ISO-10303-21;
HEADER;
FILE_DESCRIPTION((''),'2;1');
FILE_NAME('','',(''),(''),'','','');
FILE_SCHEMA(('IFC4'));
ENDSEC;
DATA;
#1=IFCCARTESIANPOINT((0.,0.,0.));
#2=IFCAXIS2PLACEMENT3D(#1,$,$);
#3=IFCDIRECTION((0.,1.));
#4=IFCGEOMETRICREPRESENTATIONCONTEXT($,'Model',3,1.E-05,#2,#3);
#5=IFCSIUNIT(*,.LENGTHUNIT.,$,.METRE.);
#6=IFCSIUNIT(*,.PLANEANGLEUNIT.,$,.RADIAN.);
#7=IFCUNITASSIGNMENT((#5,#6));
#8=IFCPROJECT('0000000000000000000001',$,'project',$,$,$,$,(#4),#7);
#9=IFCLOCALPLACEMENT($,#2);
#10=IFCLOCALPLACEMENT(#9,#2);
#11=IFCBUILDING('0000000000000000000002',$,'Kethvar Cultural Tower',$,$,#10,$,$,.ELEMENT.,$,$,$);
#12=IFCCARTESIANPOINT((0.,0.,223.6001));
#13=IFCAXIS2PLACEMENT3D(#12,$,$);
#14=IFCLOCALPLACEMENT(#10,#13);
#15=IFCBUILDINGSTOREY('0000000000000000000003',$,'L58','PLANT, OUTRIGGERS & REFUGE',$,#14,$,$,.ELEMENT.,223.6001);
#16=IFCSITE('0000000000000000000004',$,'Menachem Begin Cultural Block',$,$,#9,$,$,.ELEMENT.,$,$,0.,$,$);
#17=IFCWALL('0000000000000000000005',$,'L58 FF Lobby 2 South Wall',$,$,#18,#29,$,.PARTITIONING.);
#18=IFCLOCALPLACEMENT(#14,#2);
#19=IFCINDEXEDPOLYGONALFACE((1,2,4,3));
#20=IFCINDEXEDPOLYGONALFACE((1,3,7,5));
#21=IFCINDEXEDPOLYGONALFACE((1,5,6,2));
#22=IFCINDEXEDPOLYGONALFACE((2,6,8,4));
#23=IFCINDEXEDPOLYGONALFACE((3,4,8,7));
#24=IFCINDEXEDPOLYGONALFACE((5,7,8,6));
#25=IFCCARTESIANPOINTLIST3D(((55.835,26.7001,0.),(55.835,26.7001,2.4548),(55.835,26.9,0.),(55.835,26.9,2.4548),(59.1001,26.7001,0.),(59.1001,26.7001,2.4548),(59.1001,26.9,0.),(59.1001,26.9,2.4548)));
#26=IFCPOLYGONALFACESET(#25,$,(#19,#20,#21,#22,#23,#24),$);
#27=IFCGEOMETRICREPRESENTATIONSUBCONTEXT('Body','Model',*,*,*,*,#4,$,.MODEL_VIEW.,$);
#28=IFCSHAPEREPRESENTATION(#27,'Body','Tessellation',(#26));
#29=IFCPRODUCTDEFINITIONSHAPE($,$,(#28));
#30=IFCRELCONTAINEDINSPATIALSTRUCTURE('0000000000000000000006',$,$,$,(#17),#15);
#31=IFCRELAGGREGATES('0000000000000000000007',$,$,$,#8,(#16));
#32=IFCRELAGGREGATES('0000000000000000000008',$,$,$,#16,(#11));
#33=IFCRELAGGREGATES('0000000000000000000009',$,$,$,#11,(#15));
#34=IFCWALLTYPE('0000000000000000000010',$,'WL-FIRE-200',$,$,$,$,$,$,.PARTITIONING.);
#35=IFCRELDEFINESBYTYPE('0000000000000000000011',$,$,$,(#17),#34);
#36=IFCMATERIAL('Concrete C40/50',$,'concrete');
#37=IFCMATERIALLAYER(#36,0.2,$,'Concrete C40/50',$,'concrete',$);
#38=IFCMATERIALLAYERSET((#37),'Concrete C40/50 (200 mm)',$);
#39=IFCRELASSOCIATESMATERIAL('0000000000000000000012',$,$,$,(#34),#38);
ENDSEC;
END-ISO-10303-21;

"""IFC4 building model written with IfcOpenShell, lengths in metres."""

from ifc_helpers import new_model, si_unit, direction, frame, frame_2d, origin, place, context, subcontext, project, spatial, rectangle, extrude, material, layer, layer_set, type_object, element, save


model = new_model("IFC4")

# Units and contexts
model_context = context("Model", 3, precision=1e-05, world=origin(), true_north=direction((0.0, 1.0)))
body_context = subcontext(model_context, "Body", "Model", "MODEL_VIEW")
ifc_project = project(units=[si_unit("LENGTHUNIT", "METRE"), si_unit("PLANEANGLEUNIT", "RADIAN")], contexts=[model_context])

# Site, building, storey
site_placement = place(None, origin())
site = spatial("IfcSite", under=ifc_project, at=site_placement, Name="Menachem Begin Cultural Block", CompositionType="ELEMENT", RefElevation=0.0)
building_placement = place(site_placement, origin())
building = spatial("IfcBuilding", under=site, at=building_placement, Name="Kethvar Cultural Tower", CompositionType="ELEMENT")
storey_placement = place(building_placement, frame((0.0, 0.0, 223.6001)))
storey = spatial("IfcBuildingStorey", under=building, at=storey_placement, Name="L58", Description="PLANT, OUTRIGGERS & REFUGE", CompositionType="ELEMENT", Elevation=223.6001)

# Shared definitions
ifc_material_1 = material(Name="Concrete C40/50", Category="concrete")
ifc_layer_1 = layer(ifc_material_1, 0.2, Name="Concrete C40/50", Category="concrete")
ifc_layer_set_1 = layer_set([ifc_layer_1], Name="Concrete C40/50 (200 mm)")
wall_type_1 = type_object("IfcWallType", Name="WL-FIRE-200", PredefinedType="PARTITIONING", material=ifc_layer_set_1)

# Wall
wall_1_placement = place(storey_placement, frame((55.835, 26.8, 0.0), z_axis=(0.0, 0.0, 1.0), x_axis=(1.0, 0.0, 0.0)))
element("IfcWall", 1, at=wall_1_placement, inside=storey, type_object=wall_type_1, Name="L58 FF Lobby 2 South Wall", PredefinedType="PARTITIONING", context=body_context, shape_type="SweptSolid", body=[
    extrude(rectangle(XDim=3.2651, YDim=0.2, at=frame_2d((1.6326, 0.0))), origin(), (0.0, 0.0, 1.0), 2.4548),
])

save(model, "model.ifc")
